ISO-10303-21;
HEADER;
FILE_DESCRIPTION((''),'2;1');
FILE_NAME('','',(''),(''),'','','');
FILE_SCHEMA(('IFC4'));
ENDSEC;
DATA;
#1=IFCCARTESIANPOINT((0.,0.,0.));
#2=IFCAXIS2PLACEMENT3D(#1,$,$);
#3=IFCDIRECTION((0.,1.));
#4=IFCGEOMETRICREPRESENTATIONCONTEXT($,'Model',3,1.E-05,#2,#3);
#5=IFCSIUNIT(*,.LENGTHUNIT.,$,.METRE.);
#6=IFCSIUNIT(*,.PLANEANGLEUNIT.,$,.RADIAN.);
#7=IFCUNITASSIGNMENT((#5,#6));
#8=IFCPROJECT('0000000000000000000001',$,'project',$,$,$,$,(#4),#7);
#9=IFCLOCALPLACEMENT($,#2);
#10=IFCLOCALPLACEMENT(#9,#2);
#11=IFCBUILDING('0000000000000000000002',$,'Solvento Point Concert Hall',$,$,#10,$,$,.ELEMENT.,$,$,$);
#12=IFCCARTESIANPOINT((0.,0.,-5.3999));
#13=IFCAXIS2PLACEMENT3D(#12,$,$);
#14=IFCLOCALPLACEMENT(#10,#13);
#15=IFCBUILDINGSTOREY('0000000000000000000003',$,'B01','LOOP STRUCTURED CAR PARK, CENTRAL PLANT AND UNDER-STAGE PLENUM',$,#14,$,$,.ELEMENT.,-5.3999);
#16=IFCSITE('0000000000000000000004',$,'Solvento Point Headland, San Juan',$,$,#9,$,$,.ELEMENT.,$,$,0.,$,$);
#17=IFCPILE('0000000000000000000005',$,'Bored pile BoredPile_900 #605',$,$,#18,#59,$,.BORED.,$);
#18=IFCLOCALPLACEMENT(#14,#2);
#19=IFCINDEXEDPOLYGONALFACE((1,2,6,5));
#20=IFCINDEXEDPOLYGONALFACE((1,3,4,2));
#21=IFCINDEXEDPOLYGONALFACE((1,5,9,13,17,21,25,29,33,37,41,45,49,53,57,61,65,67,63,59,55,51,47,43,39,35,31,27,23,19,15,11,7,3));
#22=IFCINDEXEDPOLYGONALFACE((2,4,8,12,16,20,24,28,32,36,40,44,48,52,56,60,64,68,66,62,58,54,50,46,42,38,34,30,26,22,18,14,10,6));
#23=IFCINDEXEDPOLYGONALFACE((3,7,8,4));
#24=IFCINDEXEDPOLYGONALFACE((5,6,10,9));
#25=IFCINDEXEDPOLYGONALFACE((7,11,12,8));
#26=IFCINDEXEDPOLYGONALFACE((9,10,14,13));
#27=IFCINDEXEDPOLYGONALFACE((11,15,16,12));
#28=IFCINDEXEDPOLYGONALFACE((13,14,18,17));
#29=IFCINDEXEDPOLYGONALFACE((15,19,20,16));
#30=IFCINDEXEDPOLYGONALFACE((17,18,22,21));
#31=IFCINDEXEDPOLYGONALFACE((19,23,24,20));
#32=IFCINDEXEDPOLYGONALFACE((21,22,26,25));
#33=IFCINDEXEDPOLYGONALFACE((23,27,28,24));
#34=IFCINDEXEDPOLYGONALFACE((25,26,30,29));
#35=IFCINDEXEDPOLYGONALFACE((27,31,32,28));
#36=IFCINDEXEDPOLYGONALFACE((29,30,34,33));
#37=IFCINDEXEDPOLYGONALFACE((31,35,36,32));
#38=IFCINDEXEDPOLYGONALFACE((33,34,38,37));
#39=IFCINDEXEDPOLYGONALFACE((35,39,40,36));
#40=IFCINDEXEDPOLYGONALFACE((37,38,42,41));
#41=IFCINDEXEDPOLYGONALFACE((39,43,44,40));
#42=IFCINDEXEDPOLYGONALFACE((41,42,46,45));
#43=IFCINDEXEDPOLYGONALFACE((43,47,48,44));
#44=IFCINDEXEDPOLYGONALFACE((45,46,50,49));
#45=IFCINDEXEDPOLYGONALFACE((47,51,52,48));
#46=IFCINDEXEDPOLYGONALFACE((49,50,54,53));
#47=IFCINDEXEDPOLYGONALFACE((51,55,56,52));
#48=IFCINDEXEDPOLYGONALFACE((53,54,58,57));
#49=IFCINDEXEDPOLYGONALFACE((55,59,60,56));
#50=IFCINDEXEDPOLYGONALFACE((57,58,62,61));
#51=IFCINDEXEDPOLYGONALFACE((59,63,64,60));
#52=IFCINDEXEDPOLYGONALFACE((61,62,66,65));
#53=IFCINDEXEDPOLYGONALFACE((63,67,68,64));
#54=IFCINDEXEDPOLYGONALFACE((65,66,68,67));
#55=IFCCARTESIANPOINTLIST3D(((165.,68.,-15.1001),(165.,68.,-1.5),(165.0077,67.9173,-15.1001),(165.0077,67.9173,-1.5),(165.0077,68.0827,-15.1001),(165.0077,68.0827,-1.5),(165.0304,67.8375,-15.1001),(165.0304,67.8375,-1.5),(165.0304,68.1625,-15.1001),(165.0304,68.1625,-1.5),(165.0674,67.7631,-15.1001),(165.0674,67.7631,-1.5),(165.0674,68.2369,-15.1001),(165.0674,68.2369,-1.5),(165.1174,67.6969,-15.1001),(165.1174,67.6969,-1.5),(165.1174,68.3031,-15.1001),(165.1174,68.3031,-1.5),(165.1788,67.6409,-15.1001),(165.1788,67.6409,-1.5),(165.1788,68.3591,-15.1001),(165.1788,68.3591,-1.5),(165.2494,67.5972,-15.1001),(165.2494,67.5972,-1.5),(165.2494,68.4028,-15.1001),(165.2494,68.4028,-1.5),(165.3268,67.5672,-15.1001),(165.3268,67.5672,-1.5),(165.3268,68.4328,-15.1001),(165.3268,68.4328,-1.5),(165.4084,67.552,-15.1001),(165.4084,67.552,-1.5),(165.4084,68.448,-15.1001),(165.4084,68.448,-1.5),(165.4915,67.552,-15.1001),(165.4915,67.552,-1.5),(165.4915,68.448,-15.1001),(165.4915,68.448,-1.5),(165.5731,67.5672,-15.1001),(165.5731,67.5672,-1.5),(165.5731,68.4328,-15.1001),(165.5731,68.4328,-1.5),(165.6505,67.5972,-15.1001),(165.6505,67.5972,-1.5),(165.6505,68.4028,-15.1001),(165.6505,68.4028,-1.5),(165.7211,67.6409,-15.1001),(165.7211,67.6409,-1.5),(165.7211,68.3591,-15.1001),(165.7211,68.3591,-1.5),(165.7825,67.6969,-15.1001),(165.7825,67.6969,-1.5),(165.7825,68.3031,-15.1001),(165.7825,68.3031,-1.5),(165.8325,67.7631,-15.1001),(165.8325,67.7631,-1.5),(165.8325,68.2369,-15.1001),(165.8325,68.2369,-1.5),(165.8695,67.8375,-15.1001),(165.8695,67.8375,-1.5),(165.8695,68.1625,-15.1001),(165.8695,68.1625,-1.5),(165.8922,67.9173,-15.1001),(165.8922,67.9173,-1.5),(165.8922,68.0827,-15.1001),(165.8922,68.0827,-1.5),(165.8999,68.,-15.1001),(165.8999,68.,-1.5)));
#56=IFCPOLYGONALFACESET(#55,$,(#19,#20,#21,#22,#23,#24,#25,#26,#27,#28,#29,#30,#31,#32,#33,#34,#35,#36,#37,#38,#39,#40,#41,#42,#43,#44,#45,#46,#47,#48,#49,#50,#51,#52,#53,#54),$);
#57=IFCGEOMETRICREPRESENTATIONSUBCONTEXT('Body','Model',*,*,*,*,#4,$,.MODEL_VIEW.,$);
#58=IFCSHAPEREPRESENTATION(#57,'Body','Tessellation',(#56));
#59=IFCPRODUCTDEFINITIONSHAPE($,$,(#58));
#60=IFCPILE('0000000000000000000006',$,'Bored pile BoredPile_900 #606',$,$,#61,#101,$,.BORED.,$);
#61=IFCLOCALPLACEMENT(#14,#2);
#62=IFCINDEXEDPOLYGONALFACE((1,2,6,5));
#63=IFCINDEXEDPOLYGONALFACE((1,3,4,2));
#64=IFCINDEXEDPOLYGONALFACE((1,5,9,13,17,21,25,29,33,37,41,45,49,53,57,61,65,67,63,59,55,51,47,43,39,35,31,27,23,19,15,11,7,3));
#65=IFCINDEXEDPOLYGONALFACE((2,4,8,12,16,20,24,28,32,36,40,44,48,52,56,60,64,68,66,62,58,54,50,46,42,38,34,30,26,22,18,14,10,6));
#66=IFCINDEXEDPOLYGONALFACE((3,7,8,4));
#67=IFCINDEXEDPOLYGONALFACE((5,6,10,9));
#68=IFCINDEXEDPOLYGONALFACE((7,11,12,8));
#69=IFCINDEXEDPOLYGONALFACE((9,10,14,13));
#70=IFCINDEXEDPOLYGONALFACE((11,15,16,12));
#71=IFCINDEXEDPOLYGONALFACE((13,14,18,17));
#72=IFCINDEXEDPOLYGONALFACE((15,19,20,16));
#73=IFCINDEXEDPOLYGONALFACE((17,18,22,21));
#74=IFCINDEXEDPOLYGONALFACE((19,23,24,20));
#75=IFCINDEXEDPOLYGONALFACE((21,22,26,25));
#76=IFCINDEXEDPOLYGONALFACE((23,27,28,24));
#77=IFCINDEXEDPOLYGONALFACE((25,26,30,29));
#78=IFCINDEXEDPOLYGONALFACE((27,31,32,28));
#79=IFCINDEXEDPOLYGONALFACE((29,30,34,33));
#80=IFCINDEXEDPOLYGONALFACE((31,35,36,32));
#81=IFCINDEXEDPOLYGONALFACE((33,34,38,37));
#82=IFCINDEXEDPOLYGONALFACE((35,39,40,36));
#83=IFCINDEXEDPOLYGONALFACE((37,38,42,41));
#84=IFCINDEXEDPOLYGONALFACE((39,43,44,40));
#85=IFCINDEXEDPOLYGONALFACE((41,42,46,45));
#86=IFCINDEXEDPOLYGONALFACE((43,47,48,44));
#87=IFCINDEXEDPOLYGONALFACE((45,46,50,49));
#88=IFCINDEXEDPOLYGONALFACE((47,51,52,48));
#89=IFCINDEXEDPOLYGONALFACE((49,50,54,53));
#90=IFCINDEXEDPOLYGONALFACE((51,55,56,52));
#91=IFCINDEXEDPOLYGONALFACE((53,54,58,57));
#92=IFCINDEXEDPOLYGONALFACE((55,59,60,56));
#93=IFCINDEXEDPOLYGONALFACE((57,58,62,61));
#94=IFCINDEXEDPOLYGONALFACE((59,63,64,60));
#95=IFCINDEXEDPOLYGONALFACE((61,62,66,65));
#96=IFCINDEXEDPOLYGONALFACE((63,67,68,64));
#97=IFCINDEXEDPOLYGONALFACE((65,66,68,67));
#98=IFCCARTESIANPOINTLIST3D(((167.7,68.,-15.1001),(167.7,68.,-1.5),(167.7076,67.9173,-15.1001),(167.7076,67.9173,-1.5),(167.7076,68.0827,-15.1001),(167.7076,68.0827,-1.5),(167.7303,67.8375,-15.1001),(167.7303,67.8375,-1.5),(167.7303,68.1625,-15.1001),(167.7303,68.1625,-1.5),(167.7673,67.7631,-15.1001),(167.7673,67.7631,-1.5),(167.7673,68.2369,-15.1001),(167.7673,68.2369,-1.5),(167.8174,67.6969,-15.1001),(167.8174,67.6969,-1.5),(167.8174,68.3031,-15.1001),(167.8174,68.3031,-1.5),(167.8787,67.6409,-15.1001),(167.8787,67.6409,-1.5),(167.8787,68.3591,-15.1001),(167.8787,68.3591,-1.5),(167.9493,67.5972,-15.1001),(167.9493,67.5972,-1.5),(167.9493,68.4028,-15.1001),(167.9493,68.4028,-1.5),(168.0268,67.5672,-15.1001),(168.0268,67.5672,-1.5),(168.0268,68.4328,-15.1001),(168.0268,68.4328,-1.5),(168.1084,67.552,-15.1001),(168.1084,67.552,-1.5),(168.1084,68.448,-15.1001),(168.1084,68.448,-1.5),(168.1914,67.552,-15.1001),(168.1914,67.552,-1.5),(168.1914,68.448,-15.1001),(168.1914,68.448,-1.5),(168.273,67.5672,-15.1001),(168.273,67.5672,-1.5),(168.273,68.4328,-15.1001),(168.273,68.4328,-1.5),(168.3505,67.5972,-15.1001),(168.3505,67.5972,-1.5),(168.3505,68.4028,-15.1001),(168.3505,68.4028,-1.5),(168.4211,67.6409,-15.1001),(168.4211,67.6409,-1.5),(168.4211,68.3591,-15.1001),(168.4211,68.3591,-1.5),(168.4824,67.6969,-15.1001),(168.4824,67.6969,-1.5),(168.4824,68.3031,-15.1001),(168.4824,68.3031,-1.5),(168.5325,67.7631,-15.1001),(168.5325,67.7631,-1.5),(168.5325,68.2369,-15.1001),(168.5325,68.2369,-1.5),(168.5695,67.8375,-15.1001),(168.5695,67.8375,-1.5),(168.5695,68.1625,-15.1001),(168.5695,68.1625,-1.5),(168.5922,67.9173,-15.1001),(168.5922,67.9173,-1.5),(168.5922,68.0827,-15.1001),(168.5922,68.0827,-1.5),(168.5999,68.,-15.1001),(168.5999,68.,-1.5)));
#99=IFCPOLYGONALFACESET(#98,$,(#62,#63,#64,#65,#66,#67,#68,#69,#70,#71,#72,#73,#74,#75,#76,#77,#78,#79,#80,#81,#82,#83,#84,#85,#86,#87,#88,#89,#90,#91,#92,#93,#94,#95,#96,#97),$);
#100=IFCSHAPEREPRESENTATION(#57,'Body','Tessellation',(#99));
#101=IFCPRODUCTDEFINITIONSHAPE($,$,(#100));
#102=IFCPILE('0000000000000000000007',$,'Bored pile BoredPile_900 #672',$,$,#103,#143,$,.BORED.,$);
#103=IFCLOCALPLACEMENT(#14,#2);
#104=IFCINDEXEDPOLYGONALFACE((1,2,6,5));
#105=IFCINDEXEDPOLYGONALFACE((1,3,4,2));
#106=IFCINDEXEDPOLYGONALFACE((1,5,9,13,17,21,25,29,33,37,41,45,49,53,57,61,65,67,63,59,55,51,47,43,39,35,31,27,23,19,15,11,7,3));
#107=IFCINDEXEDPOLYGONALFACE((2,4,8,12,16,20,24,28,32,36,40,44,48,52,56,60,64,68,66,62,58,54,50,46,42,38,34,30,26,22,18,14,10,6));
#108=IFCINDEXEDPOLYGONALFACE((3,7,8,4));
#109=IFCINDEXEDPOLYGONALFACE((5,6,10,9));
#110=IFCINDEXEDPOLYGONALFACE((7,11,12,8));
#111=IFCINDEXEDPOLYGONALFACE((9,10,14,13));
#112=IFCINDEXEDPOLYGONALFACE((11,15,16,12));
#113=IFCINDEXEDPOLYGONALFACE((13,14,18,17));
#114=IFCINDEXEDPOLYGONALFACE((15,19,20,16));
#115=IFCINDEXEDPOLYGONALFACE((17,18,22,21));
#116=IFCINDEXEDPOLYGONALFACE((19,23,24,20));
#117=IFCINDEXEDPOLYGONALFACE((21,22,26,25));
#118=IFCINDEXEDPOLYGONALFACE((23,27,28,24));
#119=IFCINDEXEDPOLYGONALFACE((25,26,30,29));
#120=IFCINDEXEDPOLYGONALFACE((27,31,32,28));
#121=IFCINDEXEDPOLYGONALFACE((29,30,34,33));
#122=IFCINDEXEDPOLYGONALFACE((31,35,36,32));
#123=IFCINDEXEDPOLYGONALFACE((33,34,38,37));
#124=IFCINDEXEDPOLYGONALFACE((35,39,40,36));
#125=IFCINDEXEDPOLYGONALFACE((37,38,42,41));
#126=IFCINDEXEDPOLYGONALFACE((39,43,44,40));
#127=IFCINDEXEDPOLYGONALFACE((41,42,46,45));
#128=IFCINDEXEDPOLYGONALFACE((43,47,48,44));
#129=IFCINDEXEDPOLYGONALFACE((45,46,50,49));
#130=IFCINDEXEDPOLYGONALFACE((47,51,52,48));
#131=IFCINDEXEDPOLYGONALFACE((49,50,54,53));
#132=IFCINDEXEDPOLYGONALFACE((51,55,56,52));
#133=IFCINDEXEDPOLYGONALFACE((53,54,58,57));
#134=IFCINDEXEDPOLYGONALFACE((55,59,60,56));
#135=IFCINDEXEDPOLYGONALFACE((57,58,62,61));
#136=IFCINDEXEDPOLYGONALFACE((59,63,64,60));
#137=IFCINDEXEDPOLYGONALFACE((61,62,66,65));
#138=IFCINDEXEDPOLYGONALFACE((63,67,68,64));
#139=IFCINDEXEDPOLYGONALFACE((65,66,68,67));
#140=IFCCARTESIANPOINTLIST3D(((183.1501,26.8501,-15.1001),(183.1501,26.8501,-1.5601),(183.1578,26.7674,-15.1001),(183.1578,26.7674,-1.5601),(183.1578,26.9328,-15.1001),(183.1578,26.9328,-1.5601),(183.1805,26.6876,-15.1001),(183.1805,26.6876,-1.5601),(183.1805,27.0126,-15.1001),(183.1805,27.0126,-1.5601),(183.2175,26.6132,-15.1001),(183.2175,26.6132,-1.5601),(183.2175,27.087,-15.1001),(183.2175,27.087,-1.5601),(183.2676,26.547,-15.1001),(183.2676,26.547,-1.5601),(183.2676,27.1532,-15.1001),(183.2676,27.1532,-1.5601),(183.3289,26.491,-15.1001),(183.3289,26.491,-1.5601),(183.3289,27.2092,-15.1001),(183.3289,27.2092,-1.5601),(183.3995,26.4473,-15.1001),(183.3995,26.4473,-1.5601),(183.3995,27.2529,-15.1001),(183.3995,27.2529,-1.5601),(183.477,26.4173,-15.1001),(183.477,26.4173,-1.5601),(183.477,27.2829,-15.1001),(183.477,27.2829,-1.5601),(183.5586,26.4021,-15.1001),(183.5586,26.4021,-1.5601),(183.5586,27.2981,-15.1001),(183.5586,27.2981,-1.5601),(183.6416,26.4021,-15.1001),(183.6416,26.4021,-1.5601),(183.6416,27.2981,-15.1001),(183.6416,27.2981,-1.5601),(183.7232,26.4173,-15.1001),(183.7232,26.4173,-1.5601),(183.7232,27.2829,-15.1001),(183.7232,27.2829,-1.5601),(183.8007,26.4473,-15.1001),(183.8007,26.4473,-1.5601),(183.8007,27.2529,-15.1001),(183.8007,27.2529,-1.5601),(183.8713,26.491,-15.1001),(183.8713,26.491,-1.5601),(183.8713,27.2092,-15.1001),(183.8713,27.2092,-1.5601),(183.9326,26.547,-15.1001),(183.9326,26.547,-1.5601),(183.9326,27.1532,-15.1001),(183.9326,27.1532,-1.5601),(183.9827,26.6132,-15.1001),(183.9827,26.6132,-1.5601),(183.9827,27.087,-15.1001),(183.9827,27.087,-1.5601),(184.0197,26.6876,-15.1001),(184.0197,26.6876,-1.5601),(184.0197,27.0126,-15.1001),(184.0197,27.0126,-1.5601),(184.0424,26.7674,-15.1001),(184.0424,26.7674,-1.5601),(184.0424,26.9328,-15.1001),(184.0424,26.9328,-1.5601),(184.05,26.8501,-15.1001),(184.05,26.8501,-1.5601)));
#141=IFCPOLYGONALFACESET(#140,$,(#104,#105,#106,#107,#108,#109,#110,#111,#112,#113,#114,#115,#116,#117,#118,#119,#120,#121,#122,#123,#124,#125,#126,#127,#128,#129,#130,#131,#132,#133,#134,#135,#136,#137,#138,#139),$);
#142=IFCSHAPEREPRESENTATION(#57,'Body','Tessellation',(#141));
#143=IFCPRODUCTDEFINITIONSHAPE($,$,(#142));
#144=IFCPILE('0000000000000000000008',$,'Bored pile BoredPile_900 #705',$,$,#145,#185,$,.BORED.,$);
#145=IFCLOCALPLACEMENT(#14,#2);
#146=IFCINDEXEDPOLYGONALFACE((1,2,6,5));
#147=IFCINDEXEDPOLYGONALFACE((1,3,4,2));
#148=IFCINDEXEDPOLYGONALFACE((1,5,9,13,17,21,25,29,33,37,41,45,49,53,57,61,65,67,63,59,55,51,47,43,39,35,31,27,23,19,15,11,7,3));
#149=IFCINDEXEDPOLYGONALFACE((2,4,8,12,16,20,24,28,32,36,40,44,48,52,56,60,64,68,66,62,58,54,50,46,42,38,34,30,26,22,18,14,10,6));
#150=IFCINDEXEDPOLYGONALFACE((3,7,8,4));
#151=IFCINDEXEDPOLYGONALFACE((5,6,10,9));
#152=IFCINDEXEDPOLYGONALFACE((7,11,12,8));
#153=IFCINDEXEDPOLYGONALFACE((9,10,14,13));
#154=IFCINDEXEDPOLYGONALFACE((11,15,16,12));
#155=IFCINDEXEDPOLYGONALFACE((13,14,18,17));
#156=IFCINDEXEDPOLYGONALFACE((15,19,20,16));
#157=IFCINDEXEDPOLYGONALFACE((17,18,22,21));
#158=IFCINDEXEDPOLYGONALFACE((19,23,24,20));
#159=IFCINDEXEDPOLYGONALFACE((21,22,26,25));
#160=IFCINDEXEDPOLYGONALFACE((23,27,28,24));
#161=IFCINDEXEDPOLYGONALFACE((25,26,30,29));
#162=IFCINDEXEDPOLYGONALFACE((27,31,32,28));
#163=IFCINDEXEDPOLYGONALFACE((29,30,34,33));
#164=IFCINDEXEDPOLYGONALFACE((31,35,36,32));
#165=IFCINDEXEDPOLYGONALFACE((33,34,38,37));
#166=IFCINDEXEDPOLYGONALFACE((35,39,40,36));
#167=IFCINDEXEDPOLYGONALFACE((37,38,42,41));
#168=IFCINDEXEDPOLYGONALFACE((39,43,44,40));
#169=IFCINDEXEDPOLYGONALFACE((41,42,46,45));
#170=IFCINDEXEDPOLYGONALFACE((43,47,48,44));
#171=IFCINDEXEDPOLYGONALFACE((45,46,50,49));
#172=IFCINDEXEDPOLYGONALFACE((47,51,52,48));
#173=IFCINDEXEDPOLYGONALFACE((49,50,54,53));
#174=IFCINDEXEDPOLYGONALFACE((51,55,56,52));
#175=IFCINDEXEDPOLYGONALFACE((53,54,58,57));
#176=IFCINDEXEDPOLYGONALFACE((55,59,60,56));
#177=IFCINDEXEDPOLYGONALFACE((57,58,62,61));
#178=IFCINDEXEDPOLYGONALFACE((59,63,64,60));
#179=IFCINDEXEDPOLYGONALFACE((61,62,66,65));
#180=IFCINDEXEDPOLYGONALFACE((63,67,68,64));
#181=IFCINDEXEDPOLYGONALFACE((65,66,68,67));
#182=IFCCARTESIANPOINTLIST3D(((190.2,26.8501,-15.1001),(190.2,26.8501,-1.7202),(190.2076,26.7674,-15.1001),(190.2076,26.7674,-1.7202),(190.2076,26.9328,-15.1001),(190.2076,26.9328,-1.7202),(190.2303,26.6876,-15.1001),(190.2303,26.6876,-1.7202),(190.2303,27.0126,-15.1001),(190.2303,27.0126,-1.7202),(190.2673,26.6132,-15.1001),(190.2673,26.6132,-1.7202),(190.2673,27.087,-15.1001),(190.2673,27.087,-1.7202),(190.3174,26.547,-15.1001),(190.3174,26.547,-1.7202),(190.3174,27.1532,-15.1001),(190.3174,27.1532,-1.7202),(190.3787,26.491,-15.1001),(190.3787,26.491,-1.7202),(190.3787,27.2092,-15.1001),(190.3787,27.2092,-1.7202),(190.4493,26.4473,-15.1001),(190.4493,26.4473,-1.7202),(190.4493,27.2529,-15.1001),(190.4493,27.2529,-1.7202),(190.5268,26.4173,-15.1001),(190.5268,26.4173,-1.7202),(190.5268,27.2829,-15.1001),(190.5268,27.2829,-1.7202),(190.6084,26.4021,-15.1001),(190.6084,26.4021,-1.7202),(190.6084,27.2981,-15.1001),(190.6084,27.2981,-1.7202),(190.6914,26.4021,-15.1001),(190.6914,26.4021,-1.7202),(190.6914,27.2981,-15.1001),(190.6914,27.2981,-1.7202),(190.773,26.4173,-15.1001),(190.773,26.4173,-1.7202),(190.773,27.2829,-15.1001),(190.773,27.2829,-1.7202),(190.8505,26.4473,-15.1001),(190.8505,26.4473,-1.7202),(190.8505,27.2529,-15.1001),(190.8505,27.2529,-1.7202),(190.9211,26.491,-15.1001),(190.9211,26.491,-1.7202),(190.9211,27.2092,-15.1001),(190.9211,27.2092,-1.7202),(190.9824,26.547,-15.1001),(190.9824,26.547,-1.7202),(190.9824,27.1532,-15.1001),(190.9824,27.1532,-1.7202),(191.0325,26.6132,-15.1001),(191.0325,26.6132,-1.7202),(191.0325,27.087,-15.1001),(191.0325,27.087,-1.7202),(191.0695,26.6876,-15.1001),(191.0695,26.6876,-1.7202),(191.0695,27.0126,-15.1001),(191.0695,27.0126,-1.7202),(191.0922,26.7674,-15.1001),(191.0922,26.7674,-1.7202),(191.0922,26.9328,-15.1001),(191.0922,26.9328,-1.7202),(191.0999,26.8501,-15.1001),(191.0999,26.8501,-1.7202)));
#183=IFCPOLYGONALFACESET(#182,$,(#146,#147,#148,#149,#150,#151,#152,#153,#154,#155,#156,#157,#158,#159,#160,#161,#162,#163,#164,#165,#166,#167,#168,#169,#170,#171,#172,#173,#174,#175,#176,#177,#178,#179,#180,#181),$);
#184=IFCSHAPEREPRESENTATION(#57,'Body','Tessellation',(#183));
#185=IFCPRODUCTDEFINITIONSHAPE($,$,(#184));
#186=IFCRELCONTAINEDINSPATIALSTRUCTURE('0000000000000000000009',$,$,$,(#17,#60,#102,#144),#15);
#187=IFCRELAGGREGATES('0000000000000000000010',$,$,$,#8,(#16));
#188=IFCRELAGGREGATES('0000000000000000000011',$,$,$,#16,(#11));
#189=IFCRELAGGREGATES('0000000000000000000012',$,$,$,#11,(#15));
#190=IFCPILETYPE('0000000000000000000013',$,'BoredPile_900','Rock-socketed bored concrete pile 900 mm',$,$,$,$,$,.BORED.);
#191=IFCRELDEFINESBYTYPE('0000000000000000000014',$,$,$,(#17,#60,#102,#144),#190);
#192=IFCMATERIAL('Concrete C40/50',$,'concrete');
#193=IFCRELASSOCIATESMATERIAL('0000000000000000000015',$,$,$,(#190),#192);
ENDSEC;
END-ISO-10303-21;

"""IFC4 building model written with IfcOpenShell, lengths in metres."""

from ifc_helpers import new_model, si_unit, direction, frame, origin, origin_2d, place, context, subcontext, project, spatial, circle, extrude, material, material_profile, profile_set, type_object, element, save


model = new_model("IFC4")

# Units and contexts
model_context = context("Model", 3, precision=1e-05, world=origin(), true_north=direction((0.0, 1.0)))
body_context = subcontext(model_context, "Body", "Model", "MODEL_VIEW")
ifc_project = project(units=[si_unit("LENGTHUNIT", "METRE"), si_unit("PLANEANGLEUNIT", "RADIAN")], contexts=[model_context])

# Site, building, storey
site_placement = place(None, origin())
site = spatial("IfcSite", under=ifc_project, at=site_placement, Name="Solvento Point Headland, San Juan", CompositionType="ELEMENT", RefElevation=0.0)
building_placement = place(site_placement, origin())
building = spatial("IfcBuilding", under=site, at=building_placement, Name="Solvento Point Concert Hall", CompositionType="ELEMENT")
storey_placement = place(building_placement, frame((0.0, 0.0, -5.3999)))
storey = spatial("IfcBuildingStorey", under=building, at=storey_placement, Name="B01", Description="LOOP STRUCTURED CAR PARK, CENTRAL PLANT AND UNDER-STAGE PLENUM", CompositionType="ELEMENT", Elevation=-5.3999)

# Piles
ifc_material_1 = material(Name="Concrete C40/50", Category="concrete")
ifc_material_profile_1 = material_profile(ifc_material_1, circle(Radius=0.45, at=origin_2d()), Name="BP-900")
ifc_profile_set_1 = profile_set([ifc_material_profile_1], Name="Concrete C40/50")
pile_type_1 = type_object("IfcPileType", Name="BoredPile_900", Description="Rock-socketed bored concrete pile 900 mm", PredefinedType="BORED", material=ifc_profile_set_1)
for number, where, z_axis, x_axis, name in (
    (1, (165.45, 68.0, -1.5), (0.0, 0.0, -1.0), (1.0, 0.0, 0.0), "Bored pile BoredPile_900 #605"),
    (2, (168.1499, 68.0, -1.5), (0.0, 0.0, -1.0), (1.0, 0.0, 0.0), "Bored pile BoredPile_900 #606"),
):
    element("IfcPile", number, at=place(storey_placement, frame(where, z_axis=z_axis, x_axis=x_axis)), inside=storey, type_object=pile_type_1, Name=name, PredefinedType="BORED", context=body_context, shape_type="SweptSolid", body=[
        extrude(circle(Radius=0.45, at=origin_2d()), origin(), (0.0, 0.0, 1.0), 13.6001),
    ])
pile_1_placement = place(storey_placement, frame((183.6001, 26.8501, -1.5601), z_axis=(0.0, 0.0, -1.0), x_axis=(1.0, 0.0, 0.0)))
element("IfcPile", 3, at=pile_1_placement, inside=storey, type_object=pile_type_1, Name="Bored pile BoredPile_900 #672", PredefinedType="BORED", context=body_context, shape_type="SweptSolid", body=[
    extrude(circle(Radius=0.45, at=origin_2d()), origin(), (0.0, 0.0, 1.0), 13.54),
])
for number, where, z_axis, x_axis, name in (
    (4, (190.6499, 26.8501, -1.7202), (0.0, 0.0, -1.0), (1.0, 0.0, 0.0), "Bored pile BoredPile_900 #705"),
):
    element("IfcPile", number, at=place(storey_placement, frame(where, z_axis=z_axis, x_axis=x_axis)), inside=storey, type_object=pile_type_1, Name=name, PredefinedType="BORED", context=body_context, shape_type="SweptSolid", body=[
        extrude(circle(Radius=0.45, at=origin_2d()), origin(), (0.0, 0.0, 1.0), 13.3799),
    ])

save(model, "model.ifc")
